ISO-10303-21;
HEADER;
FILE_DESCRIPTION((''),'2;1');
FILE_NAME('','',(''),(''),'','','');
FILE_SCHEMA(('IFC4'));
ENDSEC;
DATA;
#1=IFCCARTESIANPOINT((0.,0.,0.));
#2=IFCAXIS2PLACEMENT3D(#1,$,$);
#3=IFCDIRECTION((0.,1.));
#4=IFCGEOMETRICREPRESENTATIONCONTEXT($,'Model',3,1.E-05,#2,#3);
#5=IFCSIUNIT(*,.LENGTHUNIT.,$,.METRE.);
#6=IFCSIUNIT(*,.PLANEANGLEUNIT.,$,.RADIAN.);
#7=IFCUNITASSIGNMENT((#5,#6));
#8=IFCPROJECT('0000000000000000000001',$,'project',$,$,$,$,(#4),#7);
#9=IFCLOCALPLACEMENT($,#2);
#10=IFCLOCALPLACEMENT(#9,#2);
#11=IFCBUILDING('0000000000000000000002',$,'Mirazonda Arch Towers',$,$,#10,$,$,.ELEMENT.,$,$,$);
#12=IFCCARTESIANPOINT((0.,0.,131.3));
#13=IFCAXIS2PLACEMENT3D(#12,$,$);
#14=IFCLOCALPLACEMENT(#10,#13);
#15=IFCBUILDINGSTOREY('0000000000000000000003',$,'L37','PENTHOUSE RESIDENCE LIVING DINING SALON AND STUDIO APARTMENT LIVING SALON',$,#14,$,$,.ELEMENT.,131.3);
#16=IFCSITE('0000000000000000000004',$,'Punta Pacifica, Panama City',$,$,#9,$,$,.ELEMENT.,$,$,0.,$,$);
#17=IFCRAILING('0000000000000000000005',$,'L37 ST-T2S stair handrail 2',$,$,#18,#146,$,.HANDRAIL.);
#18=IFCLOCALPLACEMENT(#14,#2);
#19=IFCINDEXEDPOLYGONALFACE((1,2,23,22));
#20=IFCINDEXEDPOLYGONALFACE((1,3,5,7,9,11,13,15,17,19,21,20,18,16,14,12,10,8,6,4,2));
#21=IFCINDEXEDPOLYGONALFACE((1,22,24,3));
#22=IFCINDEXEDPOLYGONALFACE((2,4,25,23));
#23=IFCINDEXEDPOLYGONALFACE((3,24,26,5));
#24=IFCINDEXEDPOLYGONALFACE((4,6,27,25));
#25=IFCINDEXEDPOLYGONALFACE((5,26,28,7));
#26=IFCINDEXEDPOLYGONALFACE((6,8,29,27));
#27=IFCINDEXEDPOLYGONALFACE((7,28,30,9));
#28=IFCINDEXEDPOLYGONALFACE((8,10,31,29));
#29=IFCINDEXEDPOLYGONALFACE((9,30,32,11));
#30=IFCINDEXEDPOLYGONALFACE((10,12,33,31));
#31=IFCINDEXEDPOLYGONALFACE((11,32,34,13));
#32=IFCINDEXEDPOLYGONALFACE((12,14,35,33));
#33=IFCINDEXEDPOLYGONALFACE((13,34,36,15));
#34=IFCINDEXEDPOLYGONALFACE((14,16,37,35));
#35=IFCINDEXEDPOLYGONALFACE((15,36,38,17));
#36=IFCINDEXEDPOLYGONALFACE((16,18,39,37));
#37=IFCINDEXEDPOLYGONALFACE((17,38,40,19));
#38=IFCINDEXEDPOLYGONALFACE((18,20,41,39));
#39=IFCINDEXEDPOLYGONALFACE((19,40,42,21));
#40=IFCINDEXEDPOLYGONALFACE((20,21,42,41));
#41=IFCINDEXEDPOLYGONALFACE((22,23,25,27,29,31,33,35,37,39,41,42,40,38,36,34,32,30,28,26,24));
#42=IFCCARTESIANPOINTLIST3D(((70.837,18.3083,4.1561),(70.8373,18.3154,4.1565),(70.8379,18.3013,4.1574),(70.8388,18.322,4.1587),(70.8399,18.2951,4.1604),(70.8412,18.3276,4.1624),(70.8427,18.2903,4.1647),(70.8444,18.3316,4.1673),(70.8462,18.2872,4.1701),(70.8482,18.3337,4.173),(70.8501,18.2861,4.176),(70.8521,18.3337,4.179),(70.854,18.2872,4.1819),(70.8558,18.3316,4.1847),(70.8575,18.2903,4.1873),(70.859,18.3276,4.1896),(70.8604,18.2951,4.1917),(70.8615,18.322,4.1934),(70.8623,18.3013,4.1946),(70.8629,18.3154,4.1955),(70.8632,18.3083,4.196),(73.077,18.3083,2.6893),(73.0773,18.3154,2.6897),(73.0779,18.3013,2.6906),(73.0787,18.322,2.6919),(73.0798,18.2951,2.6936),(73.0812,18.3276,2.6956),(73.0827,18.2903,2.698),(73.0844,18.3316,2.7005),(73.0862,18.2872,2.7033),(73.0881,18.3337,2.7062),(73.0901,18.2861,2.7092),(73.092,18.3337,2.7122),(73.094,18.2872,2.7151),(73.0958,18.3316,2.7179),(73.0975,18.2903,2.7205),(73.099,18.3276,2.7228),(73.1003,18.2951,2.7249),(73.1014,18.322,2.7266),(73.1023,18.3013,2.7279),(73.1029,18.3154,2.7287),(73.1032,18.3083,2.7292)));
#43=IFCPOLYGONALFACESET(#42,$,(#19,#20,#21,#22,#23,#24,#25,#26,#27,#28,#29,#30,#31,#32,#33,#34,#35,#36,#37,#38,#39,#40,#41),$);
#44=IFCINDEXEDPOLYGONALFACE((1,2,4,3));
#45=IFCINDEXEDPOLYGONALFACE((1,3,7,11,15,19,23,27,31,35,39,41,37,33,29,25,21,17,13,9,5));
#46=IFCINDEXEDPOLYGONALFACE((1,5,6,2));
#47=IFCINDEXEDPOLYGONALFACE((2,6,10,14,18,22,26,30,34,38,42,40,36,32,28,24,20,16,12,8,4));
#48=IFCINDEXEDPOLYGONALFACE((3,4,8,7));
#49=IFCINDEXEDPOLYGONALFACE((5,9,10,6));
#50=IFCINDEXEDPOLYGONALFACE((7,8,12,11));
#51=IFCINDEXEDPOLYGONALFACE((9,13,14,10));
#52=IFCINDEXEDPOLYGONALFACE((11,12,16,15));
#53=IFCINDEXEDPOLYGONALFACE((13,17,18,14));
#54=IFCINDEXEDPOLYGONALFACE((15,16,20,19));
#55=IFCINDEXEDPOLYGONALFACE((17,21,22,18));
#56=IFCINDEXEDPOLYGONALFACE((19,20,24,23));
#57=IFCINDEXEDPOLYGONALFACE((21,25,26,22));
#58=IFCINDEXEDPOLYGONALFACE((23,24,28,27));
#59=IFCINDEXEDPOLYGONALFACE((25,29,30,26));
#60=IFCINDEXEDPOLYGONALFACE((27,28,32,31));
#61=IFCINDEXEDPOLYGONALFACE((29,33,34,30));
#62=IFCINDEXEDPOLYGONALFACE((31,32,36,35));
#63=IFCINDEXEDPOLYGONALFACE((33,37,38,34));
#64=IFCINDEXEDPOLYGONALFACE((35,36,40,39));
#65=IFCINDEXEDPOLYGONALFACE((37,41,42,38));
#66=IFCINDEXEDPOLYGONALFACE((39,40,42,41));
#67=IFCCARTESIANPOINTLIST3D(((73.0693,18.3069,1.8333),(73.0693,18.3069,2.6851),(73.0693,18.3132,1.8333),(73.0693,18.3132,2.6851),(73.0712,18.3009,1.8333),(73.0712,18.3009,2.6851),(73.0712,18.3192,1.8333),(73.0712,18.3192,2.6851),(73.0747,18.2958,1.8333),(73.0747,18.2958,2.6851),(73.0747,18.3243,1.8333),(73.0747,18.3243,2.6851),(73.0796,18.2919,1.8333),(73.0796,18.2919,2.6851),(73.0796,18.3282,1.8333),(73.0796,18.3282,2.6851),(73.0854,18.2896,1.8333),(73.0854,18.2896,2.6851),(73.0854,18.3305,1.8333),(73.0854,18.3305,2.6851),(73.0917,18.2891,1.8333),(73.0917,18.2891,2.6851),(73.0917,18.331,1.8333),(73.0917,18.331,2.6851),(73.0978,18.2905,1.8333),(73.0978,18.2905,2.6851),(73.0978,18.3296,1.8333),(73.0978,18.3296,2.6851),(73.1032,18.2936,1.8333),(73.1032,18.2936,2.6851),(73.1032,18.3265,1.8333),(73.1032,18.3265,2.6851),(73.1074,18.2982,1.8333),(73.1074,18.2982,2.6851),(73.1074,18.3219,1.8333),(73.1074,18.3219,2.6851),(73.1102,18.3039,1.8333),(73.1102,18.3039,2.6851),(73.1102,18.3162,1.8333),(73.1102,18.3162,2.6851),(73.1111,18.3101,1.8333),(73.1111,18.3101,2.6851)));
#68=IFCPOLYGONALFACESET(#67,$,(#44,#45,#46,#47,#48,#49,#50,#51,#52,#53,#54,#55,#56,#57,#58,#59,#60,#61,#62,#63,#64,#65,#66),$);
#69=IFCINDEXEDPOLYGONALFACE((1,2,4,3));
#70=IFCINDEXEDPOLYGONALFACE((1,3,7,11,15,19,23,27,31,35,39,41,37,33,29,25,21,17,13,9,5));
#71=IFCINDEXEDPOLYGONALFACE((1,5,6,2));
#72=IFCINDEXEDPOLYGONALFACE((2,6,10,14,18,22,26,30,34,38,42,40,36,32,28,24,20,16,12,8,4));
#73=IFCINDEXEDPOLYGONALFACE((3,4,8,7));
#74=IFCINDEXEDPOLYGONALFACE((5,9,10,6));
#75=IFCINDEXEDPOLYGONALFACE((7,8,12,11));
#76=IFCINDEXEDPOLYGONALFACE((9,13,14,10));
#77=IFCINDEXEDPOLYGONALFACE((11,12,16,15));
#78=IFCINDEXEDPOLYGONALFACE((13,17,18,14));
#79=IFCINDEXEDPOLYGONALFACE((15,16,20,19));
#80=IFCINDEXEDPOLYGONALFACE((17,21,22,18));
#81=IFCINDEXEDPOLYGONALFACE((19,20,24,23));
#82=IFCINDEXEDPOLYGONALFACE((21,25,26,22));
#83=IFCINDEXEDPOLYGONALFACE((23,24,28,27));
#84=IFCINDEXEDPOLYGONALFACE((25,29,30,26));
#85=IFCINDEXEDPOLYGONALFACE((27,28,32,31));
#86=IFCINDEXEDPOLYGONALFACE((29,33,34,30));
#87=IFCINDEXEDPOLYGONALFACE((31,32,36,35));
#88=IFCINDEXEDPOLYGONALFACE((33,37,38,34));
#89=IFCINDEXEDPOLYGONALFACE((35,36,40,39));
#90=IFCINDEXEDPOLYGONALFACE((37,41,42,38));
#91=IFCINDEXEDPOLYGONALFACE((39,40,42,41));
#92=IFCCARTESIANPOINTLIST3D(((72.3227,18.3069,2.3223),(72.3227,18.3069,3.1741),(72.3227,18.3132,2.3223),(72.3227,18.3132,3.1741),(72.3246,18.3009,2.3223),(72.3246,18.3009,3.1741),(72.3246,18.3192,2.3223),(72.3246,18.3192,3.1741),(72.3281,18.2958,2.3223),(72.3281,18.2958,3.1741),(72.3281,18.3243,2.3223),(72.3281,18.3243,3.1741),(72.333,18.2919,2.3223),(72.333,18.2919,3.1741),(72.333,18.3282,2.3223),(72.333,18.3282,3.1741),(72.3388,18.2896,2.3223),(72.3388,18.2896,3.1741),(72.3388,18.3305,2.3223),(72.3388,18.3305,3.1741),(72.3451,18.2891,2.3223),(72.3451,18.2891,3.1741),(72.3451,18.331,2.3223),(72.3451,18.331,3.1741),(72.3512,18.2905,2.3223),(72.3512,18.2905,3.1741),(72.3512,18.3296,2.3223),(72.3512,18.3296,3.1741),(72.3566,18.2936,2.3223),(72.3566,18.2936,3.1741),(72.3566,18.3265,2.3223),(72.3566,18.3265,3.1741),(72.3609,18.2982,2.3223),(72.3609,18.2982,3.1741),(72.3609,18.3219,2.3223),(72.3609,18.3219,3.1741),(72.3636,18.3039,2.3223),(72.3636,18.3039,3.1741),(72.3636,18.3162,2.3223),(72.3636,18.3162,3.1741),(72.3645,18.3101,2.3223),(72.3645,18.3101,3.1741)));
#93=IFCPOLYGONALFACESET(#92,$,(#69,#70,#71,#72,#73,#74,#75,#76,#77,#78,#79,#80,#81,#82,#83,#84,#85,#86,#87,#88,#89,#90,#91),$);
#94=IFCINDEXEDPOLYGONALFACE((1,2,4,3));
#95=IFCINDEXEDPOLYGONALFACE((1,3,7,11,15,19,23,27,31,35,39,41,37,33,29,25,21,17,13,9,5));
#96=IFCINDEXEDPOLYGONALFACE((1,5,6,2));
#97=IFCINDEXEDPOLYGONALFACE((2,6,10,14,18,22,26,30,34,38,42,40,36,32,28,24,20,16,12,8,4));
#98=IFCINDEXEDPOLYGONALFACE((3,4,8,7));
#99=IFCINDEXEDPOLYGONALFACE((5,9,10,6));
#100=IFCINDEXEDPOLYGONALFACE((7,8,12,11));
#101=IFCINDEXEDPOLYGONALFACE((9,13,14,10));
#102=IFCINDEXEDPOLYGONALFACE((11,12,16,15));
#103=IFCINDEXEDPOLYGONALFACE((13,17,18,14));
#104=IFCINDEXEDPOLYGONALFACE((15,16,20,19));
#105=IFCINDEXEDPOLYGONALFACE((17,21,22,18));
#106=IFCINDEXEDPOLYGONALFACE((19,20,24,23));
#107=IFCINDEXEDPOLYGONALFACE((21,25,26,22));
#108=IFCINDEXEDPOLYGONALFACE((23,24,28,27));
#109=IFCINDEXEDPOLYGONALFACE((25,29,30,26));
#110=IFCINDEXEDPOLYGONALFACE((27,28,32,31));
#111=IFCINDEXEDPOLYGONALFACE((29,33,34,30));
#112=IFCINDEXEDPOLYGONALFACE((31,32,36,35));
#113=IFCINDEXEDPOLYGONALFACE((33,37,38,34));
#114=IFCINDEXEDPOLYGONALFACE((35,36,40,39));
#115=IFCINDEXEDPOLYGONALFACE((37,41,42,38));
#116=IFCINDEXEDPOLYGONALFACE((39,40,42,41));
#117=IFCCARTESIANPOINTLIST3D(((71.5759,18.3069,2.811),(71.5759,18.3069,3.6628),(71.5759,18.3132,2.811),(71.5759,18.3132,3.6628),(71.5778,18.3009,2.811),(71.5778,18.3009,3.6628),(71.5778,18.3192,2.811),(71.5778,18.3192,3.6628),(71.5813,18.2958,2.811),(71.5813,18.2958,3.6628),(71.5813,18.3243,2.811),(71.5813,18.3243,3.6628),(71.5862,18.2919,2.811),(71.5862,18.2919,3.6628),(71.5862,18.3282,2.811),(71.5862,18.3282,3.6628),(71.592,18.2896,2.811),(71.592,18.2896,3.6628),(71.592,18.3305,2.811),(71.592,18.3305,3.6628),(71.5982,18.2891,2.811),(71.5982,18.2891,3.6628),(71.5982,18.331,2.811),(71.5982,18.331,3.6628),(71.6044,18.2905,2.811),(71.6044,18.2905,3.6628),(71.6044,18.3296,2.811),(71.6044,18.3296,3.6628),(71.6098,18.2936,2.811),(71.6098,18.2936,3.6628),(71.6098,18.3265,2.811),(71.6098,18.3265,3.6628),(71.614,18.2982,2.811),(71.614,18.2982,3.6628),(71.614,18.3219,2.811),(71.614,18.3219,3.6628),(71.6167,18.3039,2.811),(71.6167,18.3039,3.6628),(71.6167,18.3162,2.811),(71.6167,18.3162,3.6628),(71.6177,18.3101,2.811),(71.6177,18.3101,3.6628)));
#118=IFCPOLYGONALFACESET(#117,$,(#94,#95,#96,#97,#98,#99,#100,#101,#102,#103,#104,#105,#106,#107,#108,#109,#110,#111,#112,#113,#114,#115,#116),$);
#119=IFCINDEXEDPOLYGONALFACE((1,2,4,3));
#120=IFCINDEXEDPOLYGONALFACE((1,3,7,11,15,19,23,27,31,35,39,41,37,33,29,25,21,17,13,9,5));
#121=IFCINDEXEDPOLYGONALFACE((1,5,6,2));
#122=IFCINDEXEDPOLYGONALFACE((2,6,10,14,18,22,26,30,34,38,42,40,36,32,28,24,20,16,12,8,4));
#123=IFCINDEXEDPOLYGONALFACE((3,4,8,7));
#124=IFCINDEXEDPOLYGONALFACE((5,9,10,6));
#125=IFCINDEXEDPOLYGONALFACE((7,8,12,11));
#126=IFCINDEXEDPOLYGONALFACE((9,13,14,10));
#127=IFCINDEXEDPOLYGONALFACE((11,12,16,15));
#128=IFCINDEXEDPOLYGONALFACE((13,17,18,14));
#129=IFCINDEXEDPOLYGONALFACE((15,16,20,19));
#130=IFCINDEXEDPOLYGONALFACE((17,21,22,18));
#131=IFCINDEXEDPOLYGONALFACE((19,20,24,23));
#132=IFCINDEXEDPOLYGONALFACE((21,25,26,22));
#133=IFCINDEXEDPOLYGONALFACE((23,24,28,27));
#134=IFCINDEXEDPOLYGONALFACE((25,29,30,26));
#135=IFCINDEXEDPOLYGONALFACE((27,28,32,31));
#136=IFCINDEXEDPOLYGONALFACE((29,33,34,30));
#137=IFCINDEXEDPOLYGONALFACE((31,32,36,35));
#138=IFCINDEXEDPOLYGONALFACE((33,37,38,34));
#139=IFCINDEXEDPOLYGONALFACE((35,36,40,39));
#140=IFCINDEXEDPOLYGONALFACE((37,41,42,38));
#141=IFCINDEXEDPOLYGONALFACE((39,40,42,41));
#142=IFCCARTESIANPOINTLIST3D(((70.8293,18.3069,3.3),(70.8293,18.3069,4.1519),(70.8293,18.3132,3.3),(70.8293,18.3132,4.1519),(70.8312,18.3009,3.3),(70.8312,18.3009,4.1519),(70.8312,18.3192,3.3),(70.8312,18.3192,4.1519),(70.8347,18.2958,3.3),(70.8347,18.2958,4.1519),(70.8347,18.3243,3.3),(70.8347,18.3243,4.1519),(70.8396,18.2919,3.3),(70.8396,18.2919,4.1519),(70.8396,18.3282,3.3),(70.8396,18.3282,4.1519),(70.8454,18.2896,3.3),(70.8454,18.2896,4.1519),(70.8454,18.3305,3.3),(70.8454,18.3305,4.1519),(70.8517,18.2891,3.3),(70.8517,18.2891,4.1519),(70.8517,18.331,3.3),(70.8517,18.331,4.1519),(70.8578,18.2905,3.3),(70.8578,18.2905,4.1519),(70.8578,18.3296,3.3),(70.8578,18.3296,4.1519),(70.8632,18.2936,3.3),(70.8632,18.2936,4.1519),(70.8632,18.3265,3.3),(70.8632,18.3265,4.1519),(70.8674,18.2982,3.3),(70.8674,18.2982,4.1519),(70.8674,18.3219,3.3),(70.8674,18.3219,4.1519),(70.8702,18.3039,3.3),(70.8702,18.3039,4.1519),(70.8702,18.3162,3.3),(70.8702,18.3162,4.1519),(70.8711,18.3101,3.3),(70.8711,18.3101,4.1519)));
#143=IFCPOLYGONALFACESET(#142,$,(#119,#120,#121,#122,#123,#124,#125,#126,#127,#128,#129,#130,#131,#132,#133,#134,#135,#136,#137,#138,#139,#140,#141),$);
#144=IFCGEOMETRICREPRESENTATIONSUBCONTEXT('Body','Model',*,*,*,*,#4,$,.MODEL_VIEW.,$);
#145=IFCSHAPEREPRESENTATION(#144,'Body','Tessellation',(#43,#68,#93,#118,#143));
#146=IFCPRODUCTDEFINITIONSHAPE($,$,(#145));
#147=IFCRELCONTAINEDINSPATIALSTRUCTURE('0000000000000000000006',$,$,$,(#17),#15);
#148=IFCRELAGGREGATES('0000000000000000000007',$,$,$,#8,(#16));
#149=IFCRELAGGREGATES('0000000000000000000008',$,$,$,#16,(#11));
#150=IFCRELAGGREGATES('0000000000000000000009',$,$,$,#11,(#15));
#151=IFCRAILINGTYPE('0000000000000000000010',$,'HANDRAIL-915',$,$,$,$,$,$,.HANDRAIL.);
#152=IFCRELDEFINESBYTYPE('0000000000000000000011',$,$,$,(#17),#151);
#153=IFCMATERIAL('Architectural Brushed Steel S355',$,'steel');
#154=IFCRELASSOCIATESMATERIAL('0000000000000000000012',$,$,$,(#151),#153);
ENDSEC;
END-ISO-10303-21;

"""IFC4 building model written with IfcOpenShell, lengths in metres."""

from ifc_helpers import new_model, si_unit, direction, frame, origin, origin_2d, place, context, subcontext, project, spatial, circle, extrude, material, type_object, element, save


model = new_model("IFC4")

# Units and contexts
model_context = context("Model", 3, precision=1e-05, world=origin(), true_north=direction((0.0, 1.0)))
body_context = subcontext(model_context, "Body", "Model", "MODEL_VIEW")
ifc_project = project(units=[si_unit("LENGTHUNIT", "METRE"), si_unit("PLANEANGLEUNIT", "RADIAN")], contexts=[model_context])

# Site, building, storey
site_placement = place(None, origin())
site = spatial("IfcSite", under=ifc_project, at=site_placement, Name="Punta Pacifica, Panama City", CompositionType="ELEMENT", RefElevation=0.0)
building_placement = place(site_placement, origin())
building = spatial("IfcBuilding", under=site, at=building_placement, Name="Mirazonda Arch Towers", CompositionType="ELEMENT")
storey_placement = place(building_placement, frame((0.0, 0.0, 131.3)))
storey = spatial("IfcBuildingStorey", under=building, at=storey_placement, Name="L37", Description="PENTHOUSE RESIDENCE LIVING DINING SALON AND STUDIO APARTMENT LIVING SALON", CompositionType="ELEMENT", Elevation=131.3)

# Railing
ifc_material_1 = material(Name="Architectural Brushed Steel S355", Category="steel")
railing_type_1 = type_object("IfcRailingType", Name="HANDRAIL-915", PredefinedType="HANDRAIL", material=ifc_material_1)
railing_1_placement = place(storey_placement, frame((73.0901, 18.3101, 1.8333)))
element("IfcRailing", 1, at=railing_1_placement, inside=storey, type_object=railing_type_1, Name="L37 ST-T2S stair handrail 2", PredefinedType="HANDRAIL", context=body_context, shape_type="SweptSolid", body=[
    extrude(circle(Radius=0.0239, at=origin_2d()), frame((0.0, 0.0, 0.876), z_axis=(-0.836595, 0.0, 0.547822), x_axis=(0.0, -1.0, 0.0)), (0.0, 0.0, 1.0), 2.6775),
    extrude(circle(Radius=0.021, at=origin_2d()), origin(), (0.0, 0.0, 1.0), 0.8518),
    extrude(circle(Radius=0.021, at=origin_2d()), frame((-0.7466, 0.0, 0.489)), (0.0, 0.0, 1.0), 0.8518),
    extrude(circle(Radius=0.021, at=origin_2d()), frame((-1.4934, 0.0, 0.9778)), (0.0, 0.0, 1.0), 0.8518),
    extrude(circle(Radius=0.021, at=origin_2d()), frame((-2.24, 0.0, 1.4668)), (0.0, 0.0, 1.0), 0.8518),
])

save(model, "model.ifc")
